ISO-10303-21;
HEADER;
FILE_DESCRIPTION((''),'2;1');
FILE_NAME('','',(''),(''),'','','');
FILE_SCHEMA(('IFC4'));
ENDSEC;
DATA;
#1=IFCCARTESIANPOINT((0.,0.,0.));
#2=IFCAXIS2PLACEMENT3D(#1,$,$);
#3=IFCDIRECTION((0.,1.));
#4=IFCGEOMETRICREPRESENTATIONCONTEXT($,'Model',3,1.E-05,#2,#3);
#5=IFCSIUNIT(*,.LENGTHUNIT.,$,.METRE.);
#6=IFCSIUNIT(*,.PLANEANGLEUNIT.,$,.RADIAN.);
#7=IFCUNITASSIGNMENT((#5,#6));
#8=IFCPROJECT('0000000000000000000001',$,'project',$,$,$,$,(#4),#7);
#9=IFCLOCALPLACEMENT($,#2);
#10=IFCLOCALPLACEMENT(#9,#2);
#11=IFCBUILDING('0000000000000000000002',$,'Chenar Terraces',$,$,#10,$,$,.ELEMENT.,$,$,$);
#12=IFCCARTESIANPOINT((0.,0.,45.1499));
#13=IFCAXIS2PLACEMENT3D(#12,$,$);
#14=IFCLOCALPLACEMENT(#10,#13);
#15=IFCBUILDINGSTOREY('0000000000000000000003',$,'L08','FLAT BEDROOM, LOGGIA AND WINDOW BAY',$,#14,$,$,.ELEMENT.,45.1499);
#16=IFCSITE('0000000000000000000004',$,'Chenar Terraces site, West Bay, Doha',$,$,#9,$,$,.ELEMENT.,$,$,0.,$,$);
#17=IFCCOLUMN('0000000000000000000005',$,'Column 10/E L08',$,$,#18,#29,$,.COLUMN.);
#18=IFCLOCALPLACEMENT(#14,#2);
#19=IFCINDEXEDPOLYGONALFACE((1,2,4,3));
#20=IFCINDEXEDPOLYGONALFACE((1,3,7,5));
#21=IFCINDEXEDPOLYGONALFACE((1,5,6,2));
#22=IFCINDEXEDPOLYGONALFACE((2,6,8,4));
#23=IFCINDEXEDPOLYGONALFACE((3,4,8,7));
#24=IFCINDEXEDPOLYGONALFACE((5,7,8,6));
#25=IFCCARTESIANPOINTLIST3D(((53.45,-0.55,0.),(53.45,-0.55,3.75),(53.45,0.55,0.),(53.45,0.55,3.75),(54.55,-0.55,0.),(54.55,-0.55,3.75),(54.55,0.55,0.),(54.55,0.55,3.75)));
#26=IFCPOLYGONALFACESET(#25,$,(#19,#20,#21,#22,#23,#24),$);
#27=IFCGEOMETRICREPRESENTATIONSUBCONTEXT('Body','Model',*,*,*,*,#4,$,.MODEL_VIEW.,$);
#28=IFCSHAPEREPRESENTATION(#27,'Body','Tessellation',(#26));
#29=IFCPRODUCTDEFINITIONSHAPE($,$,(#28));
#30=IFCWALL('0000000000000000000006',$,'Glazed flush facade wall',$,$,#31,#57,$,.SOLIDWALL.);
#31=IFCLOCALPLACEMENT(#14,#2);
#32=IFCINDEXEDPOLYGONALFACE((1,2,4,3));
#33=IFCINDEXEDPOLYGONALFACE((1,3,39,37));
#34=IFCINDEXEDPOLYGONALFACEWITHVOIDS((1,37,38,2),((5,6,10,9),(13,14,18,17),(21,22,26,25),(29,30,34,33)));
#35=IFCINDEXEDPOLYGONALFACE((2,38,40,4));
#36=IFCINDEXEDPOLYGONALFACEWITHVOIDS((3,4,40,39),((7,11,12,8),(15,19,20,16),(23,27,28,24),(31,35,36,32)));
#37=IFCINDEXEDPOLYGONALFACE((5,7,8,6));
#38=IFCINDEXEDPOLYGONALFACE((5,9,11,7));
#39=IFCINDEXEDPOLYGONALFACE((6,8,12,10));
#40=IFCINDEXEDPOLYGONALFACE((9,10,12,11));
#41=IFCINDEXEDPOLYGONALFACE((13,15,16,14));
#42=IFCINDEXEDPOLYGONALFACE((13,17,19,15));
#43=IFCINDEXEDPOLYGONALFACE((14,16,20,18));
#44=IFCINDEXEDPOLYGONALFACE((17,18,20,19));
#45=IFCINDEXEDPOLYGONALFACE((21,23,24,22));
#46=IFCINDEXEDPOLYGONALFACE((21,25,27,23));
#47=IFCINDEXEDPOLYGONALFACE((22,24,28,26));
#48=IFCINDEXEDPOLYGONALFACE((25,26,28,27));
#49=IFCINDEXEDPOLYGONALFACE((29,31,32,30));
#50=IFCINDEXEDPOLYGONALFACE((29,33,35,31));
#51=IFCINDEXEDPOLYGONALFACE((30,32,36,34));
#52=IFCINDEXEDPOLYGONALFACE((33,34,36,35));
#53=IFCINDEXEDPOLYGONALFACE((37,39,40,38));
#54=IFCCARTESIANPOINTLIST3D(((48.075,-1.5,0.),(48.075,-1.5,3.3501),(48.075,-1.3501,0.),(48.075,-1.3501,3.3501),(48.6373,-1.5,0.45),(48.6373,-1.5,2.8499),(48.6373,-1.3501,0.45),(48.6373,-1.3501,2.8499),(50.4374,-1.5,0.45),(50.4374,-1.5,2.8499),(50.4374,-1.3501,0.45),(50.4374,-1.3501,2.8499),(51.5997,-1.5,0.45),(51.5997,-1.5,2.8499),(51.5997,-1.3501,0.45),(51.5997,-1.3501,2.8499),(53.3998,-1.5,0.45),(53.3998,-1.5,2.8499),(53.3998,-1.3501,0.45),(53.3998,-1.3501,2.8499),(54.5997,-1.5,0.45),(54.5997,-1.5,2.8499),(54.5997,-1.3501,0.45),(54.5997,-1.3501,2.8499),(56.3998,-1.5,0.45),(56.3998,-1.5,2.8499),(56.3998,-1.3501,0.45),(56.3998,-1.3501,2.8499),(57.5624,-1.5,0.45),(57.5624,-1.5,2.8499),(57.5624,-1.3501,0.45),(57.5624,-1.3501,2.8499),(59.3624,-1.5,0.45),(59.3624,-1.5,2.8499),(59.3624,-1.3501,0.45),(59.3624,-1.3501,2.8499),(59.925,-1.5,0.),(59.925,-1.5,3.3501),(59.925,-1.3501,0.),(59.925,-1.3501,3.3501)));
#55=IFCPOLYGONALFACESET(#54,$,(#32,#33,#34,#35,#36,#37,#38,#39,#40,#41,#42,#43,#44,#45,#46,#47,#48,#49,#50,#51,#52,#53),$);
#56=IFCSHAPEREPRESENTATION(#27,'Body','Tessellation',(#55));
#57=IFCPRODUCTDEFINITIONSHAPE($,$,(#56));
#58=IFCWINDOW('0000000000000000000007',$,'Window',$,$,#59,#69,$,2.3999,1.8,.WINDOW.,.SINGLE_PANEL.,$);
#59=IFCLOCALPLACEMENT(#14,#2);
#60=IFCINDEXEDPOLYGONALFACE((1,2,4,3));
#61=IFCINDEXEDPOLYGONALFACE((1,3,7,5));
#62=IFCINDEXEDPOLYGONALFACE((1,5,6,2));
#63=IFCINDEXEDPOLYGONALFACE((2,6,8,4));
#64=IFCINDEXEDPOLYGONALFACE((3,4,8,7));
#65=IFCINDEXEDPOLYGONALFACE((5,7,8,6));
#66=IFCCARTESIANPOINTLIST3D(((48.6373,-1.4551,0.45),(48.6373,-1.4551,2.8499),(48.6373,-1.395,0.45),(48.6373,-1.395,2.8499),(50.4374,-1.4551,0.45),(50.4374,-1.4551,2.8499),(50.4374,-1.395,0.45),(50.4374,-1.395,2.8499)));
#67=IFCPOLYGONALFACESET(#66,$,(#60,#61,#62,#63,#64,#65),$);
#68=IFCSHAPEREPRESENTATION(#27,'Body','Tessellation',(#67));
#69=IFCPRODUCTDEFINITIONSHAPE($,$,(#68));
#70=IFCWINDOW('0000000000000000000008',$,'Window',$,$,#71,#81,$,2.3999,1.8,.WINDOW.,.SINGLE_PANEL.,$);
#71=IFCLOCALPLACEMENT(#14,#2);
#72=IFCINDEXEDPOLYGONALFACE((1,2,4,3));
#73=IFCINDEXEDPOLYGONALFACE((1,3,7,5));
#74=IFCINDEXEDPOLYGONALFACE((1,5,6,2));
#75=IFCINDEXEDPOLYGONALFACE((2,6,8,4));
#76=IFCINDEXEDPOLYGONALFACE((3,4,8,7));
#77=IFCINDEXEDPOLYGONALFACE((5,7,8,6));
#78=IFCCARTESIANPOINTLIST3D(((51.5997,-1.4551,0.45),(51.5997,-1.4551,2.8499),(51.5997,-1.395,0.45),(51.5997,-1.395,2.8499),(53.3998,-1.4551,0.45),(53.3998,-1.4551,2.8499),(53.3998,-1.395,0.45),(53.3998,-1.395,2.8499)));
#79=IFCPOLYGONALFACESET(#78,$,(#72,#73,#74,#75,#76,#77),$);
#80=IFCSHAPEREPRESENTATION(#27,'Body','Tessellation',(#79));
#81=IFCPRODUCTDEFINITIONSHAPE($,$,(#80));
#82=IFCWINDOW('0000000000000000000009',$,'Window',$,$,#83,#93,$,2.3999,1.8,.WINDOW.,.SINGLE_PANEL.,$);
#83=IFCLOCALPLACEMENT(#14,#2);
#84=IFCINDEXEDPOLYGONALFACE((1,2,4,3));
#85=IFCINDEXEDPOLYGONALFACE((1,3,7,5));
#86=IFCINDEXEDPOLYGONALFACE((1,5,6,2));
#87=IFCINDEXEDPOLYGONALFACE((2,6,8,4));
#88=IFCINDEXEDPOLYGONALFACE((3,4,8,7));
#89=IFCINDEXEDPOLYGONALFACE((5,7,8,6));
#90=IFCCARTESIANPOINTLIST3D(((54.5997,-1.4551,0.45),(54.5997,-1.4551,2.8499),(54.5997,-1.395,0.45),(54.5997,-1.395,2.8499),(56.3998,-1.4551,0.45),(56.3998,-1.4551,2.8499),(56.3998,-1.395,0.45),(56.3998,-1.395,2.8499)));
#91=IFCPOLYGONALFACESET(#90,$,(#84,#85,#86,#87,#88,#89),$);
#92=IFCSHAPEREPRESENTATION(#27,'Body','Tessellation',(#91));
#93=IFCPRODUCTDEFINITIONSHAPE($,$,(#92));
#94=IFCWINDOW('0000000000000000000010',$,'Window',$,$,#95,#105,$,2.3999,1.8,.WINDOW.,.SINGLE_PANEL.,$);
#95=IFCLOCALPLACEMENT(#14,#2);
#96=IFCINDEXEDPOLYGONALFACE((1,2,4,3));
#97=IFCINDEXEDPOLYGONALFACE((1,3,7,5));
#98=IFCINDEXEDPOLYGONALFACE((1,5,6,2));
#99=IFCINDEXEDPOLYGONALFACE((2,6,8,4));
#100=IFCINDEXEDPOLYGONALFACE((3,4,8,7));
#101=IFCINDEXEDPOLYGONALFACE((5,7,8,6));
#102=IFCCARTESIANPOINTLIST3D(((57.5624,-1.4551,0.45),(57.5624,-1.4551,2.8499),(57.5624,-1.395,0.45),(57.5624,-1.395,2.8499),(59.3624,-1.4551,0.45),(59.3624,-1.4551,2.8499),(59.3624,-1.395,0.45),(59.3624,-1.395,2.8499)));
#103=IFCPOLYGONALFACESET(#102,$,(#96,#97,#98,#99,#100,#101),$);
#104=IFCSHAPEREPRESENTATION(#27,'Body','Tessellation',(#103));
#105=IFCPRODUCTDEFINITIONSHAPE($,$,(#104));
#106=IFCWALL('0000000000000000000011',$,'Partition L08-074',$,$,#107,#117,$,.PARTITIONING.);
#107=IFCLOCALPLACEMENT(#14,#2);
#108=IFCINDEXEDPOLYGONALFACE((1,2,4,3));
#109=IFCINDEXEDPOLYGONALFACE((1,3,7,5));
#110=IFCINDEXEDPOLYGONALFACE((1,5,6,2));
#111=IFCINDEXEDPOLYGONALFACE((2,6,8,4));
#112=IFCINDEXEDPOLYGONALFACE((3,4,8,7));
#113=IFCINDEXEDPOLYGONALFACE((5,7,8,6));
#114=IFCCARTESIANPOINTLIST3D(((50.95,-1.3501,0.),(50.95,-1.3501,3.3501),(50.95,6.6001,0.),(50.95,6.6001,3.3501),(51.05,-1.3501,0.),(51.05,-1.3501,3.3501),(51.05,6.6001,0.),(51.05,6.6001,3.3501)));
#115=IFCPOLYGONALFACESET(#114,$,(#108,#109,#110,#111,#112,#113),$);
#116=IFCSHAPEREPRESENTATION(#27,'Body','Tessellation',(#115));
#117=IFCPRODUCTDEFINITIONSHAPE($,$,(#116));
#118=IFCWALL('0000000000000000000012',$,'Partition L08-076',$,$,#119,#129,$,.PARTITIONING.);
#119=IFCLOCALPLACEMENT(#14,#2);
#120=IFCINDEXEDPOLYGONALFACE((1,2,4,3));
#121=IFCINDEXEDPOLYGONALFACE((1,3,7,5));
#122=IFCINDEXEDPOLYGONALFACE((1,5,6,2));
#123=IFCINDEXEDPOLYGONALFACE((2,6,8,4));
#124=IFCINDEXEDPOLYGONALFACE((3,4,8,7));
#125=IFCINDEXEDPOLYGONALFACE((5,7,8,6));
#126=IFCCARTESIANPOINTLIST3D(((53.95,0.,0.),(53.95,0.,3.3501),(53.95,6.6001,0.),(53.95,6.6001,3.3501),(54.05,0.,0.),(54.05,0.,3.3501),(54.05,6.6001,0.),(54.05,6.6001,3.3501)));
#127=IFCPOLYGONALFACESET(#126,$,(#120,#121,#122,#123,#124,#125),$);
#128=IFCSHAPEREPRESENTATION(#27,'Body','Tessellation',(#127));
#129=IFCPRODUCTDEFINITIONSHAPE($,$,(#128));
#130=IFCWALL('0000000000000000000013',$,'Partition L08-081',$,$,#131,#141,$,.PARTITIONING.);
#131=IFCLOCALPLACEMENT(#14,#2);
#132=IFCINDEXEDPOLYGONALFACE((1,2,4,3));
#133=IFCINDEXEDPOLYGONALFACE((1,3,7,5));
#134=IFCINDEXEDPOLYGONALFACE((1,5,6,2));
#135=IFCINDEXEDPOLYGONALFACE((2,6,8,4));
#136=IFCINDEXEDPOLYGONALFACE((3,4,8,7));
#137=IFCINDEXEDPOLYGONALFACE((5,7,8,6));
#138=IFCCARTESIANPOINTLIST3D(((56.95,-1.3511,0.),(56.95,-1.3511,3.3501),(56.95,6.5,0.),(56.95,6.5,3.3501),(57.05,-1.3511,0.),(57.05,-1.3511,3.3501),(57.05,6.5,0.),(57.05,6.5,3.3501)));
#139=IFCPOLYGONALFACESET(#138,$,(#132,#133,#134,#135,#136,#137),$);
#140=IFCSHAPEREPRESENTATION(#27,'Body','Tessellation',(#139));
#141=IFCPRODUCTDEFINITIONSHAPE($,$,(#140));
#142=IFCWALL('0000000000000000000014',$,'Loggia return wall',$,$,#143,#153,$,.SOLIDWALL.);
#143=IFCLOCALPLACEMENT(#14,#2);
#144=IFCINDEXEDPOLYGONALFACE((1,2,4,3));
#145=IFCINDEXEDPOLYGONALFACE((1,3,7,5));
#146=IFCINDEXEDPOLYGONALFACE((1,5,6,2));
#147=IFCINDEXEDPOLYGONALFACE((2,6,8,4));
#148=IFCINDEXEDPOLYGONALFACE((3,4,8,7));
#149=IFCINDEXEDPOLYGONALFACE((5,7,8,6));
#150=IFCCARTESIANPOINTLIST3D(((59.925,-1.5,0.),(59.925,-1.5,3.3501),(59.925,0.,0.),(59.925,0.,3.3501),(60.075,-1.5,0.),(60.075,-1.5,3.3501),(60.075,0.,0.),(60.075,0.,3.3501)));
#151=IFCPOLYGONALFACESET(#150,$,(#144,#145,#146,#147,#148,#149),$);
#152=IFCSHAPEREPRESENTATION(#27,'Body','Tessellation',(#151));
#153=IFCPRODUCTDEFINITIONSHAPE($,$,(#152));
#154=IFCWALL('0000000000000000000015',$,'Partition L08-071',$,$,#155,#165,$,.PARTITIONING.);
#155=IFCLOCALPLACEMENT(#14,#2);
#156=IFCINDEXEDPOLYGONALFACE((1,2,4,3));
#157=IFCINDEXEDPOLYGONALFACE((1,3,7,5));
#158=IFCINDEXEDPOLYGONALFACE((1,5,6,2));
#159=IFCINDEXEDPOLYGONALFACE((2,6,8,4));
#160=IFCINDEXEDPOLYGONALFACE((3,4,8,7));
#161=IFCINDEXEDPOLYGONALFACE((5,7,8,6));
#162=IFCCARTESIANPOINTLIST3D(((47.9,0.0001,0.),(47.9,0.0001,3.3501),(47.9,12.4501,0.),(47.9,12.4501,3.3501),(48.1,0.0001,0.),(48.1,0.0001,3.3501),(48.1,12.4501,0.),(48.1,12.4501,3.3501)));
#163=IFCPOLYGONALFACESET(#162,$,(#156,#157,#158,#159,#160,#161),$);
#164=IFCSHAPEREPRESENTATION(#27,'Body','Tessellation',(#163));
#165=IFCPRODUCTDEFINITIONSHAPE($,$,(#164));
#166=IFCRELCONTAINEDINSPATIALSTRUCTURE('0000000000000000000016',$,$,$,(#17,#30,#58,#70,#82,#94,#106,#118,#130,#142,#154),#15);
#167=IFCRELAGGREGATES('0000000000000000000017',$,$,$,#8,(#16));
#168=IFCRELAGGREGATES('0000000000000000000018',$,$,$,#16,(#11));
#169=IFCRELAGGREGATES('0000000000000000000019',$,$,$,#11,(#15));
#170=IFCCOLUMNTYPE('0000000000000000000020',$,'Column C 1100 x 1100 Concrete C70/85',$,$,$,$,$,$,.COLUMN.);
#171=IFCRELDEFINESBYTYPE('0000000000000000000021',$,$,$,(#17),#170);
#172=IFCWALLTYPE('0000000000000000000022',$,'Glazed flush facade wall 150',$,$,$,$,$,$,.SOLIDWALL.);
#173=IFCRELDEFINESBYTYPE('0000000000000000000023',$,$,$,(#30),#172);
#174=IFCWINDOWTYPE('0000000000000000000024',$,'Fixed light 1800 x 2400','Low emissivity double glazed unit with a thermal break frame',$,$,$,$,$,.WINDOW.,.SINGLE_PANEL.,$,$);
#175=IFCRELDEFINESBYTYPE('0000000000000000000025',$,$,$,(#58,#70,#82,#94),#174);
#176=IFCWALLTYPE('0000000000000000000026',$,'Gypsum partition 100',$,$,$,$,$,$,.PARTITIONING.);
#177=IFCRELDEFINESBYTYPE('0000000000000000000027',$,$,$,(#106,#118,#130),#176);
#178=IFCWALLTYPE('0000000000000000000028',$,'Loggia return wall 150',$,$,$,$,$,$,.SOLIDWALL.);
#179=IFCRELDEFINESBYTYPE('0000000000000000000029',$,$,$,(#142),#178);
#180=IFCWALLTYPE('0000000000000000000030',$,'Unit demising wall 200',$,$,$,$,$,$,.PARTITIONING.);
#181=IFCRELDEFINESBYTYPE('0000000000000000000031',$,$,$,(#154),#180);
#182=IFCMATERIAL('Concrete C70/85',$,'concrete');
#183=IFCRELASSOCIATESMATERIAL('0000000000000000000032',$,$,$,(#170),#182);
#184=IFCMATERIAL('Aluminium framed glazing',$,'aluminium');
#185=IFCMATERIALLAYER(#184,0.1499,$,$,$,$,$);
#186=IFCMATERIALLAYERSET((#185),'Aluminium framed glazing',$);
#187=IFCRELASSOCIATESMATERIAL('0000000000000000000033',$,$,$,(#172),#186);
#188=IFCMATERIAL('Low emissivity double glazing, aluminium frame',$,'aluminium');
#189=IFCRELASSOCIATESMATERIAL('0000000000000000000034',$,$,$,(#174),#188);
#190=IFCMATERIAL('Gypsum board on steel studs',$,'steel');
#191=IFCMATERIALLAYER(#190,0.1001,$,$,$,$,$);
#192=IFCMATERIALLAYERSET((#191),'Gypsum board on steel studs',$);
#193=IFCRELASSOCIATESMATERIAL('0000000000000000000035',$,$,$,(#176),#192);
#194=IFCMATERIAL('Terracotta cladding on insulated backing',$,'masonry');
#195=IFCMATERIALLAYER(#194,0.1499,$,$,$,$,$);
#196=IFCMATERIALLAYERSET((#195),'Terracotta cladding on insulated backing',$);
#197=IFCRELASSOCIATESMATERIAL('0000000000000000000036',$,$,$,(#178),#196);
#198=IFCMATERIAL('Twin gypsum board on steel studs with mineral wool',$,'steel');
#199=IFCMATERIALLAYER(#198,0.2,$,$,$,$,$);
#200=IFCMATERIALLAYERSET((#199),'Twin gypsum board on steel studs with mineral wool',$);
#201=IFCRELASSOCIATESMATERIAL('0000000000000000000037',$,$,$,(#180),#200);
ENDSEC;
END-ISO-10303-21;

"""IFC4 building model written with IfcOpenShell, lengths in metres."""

from ifc_helpers import new_model, si_unit, direction, frame, frame_2d, origin, origin_2d, place, context, subcontext, project, spatial, rectangle, extrude, material, layer, layer_set, material_profile, profile_set, type_object, element, fill, save


model = new_model("IFC4")

# Units and contexts
model_context = context("Model", 3, precision=1e-05, world=origin(), true_north=direction((0.0, 1.0)))
body_context = subcontext(model_context, "Body", "Model", "MODEL_VIEW")
ifc_project = project(units=[si_unit("LENGTHUNIT", "METRE"), si_unit("PLANEANGLEUNIT", "RADIAN")], contexts=[model_context])

# Site, building, storey
site_placement = place(None, origin())
site = spatial("IfcSite", under=ifc_project, at=site_placement, Name="Chenar Terraces site, West Bay, Doha", CompositionType="ELEMENT", RefElevation=0.0)
building_placement = place(site_placement, origin())
building = spatial("IfcBuilding", under=site, at=building_placement, Name="Chenar Terraces", CompositionType="ELEMENT")
storey_placement = place(building_placement, frame((0.0, 0.0, 45.1499)))
storey = spatial("IfcBuildingStorey", under=building, at=storey_placement, Name="L08", Description="FLAT BEDROOM, LOGGIA AND WINDOW BAY", CompositionType="ELEMENT", Elevation=45.1499)

# Column
ifc_material_1 = material(Name="Concrete C70/85", Category="concrete")
ifc_material_profile = material_profile(ifc_material_1, rectangle(XDim=1.1001, YDim=1.1001, at=origin_2d()), Name="C 1100 x 1100")
ifc_profile_set = profile_set([ifc_material_profile], Name="Concrete C70/85")
column_type = type_object("IfcColumnType", Name="Column C 1100 x 1100 Concrete C70/85", PredefinedType="COLUMN", material=ifc_profile_set)
column_placement = place(storey_placement, frame((54.0, 0.0, 0.0), z_axis=(0.0, 0.0, 1.0), x_axis=(1.0, 0.0, 0.0)))
element("IfcColumn", 1, at=column_placement, inside=storey, type_object=column_type, Name="Column 10/E L08", PredefinedType="COLUMN", context=body_context, shape_type="SweptSolid", body=[
    extrude(rectangle(XDim=1.1001, YDim=1.1001, at=origin_2d()), origin(), (0.0, 0.0, 1.0), 3.75),
])

# Wall, openings, windows
ifc_material_2 = material(Name="Aluminium framed glazing", Category="aluminium")
ifc_layer_1 = layer(ifc_material_2, 0.1499)
ifc_layer_set_1 = layer_set([ifc_layer_1], Name="Aluminium framed glazing")
wall_type_1 = type_object("IfcWallType", Name="Glazed flush facade wall 150", PredefinedType="SOLIDWALL", material=ifc_layer_set_1)
wall_1_placement = place(storey_placement, frame((48.075, -1.425, 0.0), z_axis=(0.0, 0.0, 1.0), x_axis=(1.0, 0.0, 0.0)))
wall_1 = element("IfcWall", 2, at=wall_1_placement, inside=storey, type_object=wall_type_1, Name="Glazed flush facade wall", PredefinedType="SOLIDWALL", context=body_context, shape_type="SweptSolid", body=[
    extrude(rectangle(XDim=11.8501, YDim=0.1499, at=frame_2d((5.925, 0.0))), origin(), (0.0, 0.0, 1.0), 3.3501),
])
opening_1_placement = place(wall_1_placement, frame((0.5625, 0.0, 0.45)))
opening_1 = element("IfcOpeningElement", 3, at=opening_1_placement, cuts=wall_1, PredefinedType="OPENING", context=body_context, shape_type="SweptSolid", body=[
    extrude(rectangle(XDim=1.8, YDim=2.3999, at=frame_2d((0.8999, 1.2))), frame((0.0, 0.085, 0.0), z_axis=(0.0, -1.0, 0.0), x_axis=(1.0, 0.0, 0.0)), (0.0, 0.0, 1.0), 0.1699),
])
opening_2_placement = place(wall_1_placement, frame((3.5249, 0.0, 0.45)))
opening_2 = element("IfcOpeningElement", 4, at=opening_2_placement, cuts=wall_1, PredefinedType="OPENING", context=body_context, shape_type="SweptSolid", body=[
    extrude(rectangle(XDim=1.8, YDim=2.3999, at=frame_2d((0.8999, 1.2))), frame((0.0, 0.085, 0.0), z_axis=(0.0, -1.0, 0.0), x_axis=(1.0, 0.0, 0.0)), (0.0, 0.0, 1.0), 0.1699),
])
opening_3_placement = place(wall_1_placement, frame((6.5249, 0.0, 0.45)))
opening_3 = element("IfcOpeningElement", 5, at=opening_3_placement, cuts=wall_1, PredefinedType="OPENING", context=body_context, shape_type="SweptSolid", body=[
    extrude(rectangle(XDim=1.8, YDim=2.3999, at=frame_2d((0.8999, 1.2))), frame((0.0, 0.085, 0.0), z_axis=(0.0, -1.0, 0.0), x_axis=(1.0, 0.0, 0.0)), (0.0, 0.0, 1.0), 0.1699),
])
opening_4_placement = place(wall_1_placement, frame((9.4875, 0.0, 0.45)))
opening_4 = element("IfcOpeningElement", 6, at=opening_4_placement, cuts=wall_1, PredefinedType="OPENING", context=body_context, shape_type="SweptSolid", body=[
    extrude(rectangle(XDim=1.8, YDim=2.3999, at=frame_2d((0.8999, 1.2))), frame((0.0, 0.085, 0.0), z_axis=(0.0, -1.0, 0.0), x_axis=(1.0, 0.0, 0.0)), (0.0, 0.0, 1.0), 0.1699),
])
ifc_material_3 = material(Name="Low emissivity double glazing, aluminium frame", Category="aluminium")
window_type = type_object("IfcWindowType", Name="Fixed light 1800 x 2400", Description="Low emissivity double glazed unit with a thermal break frame", PartitioningType="SINGLE_PANEL", PredefinedType="WINDOW", material=ifc_material_3)
window_1_placement = place(opening_1_placement, origin())
window_1 = element("IfcWindow", 7, at=window_1_placement, inside=storey, type_object=window_type, Name="Window", OverallHeight=2.3999, OverallWidth=1.8, PartitioningType="SINGLE_PANEL", PredefinedType="WINDOW", context=body_context, shape_type="SweptSolid", body=[
    extrude(rectangle(XDim=1.8, YDim=2.3999, at=frame_2d((0.8999, 1.2))), frame((0.0, 0.03, 0.0), z_axis=(0.0, -1.0, 0.0), x_axis=(1.0, 0.0, 0.0)), (0.0, 0.0, 1.0), 0.0601),
])
fill(opening_1, window_1)
window_2_placement = place(opening_2_placement, origin())
window_2 = element("IfcWindow", 8, at=window_2_placement, inside=storey, type_object=window_type, Name="Window", OverallHeight=2.3999, OverallWidth=1.8, PartitioningType="SINGLE_PANEL", PredefinedType="WINDOW", context=body_context, shape_type="SweptSolid", body=[
    extrude(rectangle(XDim=1.8, YDim=2.3999, at=frame_2d((0.8999, 1.2))), frame((0.0, 0.03, 0.0), z_axis=(0.0, -1.0, 0.0), x_axis=(1.0, 0.0, 0.0)), (0.0, 0.0, 1.0), 0.0601),
])
fill(opening_2, window_2)
window_3_placement = place(opening_3_placement, origin())
window_3 = element("IfcWindow", 9, at=window_3_placement, inside=storey, type_object=window_type, Name="Window", OverallHeight=2.3999, OverallWidth=1.8, PartitioningType="SINGLE_PANEL", PredefinedType="WINDOW", context=body_context, shape_type="SweptSolid", body=[
    extrude(rectangle(XDim=1.8, YDim=2.3999, at=frame_2d((0.8999, 1.2))), frame((0.0, 0.03, 0.0), z_axis=(0.0, -1.0, 0.0), x_axis=(1.0, 0.0, 0.0)), (0.0, 0.0, 1.0), 0.0601),
])
fill(opening_3, window_3)
window_4_placement = place(opening_4_placement, origin())
window_4 = element("IfcWindow", 10, at=window_4_placement, inside=storey, type_object=window_type, Name="Window", OverallHeight=2.3999, OverallWidth=1.8, PartitioningType="SINGLE_PANEL", PredefinedType="WINDOW", context=body_context, shape_type="SweptSolid", body=[
    extrude(rectangle(XDim=1.8, YDim=2.3999, at=frame_2d((0.8999, 1.2))), frame((0.0, 0.03, 0.0), z_axis=(0.0, -1.0, 0.0), x_axis=(1.0, 0.0, 0.0)), (0.0, 0.0, 1.0), 0.0601),
])
fill(opening_4, window_4)

# Walls
ifc_material_4 = material(Name="Gypsum board on steel studs", Category="steel")
ifc_layer_2 = layer(ifc_material_4, 0.1001)
ifc_layer_set_2 = layer_set([ifc_layer_2], Name="Gypsum board on steel studs")
wall_type_2 = type_object("IfcWallType", Name="Gypsum partition 100", PredefinedType="PARTITIONING", material=ifc_layer_set_2)
wall_2_placement = place(storey_placement, frame((51.0, -1.3501, 0.0), z_axis=(0.0, 0.0, 1.0), x_axis=(0.0, 1.0, 0.0)))
element("IfcWall", 11, at=wall_2_placement, inside=storey, type_object=wall_type_2, Name="Partition L08-074", PredefinedType="PARTITIONING", context=body_context, shape_type="SweptSolid", body=[
    extrude(rectangle(XDim=7.9502, YDim=0.1001, at=frame_2d((3.9751, 0.0))), origin(), (0.0, 0.0, 1.0), 3.3501),
])
wall_3_placement = place(storey_placement, frame((54.0, 0.0, 0.0), z_axis=(0.0, 0.0, 1.0), x_axis=(0.0, 1.0, 0.0)))
element("IfcWall", 12, at=wall_3_placement, inside=storey, type_object=wall_type_2, Name="Partition L08-076", PredefinedType="PARTITIONING", context=body_context, shape_type="SweptSolid", body=[
    extrude(rectangle(XDim=6.6001, YDim=0.1001, at=frame_2d((3.3, 0.0))), origin(), (0.0, 0.0, 1.0), 3.3501),
])
wall_4_placement = place(storey_placement, frame((57.0, -1.3511, 0.0), z_axis=(0.0, 0.0, 1.0), x_axis=(0.0, 1.0, 0.0)))
element("IfcWall", 13, at=wall_4_placement, inside=storey, type_object=wall_type_2, Name="Partition L08-081", PredefinedType="PARTITIONING", context=body_context, shape_type="SweptSolid", body=[
    extrude(rectangle(XDim=7.8511, YDim=0.1001, at=frame_2d((3.9255, 0.0))), origin(), (0.0, 0.0, 1.0), 3.3501),
])
ifc_material_5 = material(Name="Terracotta cladding on insulated backing", Category="masonry")
ifc_layer_3 = layer(ifc_material_5, 0.1499)
ifc_layer_set_3 = layer_set([ifc_layer_3], Name="Terracotta cladding on insulated backing")
wall_type_3 = type_object("IfcWallType", Name="Loggia return wall 150", PredefinedType="SOLIDWALL", material=ifc_layer_set_3)
wall_5_placement = place(storey_placement, frame((60.0, -1.5, 0.0), z_axis=(0.0, 0.0, 1.0), x_axis=(0.0, 1.0, 0.0)))
element("IfcWall", 14, at=wall_5_placement, inside=storey, type_object=wall_type_3, Name="Loggia return wall", PredefinedType="SOLIDWALL", context=body_context, shape_type="SweptSolid", body=[
    extrude(rectangle(XDim=1.5, YDim=0.1499, at=frame_2d((0.75, 0.0))), origin(), (0.0, 0.0, 1.0), 3.3501),
])
ifc_material_6 = material(Name="Twin gypsum board on steel studs with mineral wool", Category="steel")
ifc_layer_4 = layer(ifc_material_6, 0.2)
ifc_layer_set_4 = layer_set([ifc_layer_4], Name="Twin gypsum board on steel studs with mineral wool")
wall_type_4 = type_object("IfcWallType", Name="Unit demising wall 200", PredefinedType="PARTITIONING", material=ifc_layer_set_4)
for number, where, z_axis, x_axis, name in (
    (15, (48.0, 0.0, 0.0), (0.0, 0.0, 1.0), (0.0, 1.0, 0.0), "Partition L08-071"),
):
    element("IfcWall", number, at=place(storey_placement, frame(where, z_axis=z_axis, x_axis=x_axis)), inside=storey, type_object=wall_type_4, Name=name, PredefinedType="PARTITIONING", context=body_context, shape_type="SweptSolid", body=[
        extrude(rectangle(XDim=12.45, YDim=0.2, at=frame_2d((6.2251, 0.0))), origin(), (0.0, 0.0, 1.0), 3.3501),
    ])

save(model, "model.ifc")
